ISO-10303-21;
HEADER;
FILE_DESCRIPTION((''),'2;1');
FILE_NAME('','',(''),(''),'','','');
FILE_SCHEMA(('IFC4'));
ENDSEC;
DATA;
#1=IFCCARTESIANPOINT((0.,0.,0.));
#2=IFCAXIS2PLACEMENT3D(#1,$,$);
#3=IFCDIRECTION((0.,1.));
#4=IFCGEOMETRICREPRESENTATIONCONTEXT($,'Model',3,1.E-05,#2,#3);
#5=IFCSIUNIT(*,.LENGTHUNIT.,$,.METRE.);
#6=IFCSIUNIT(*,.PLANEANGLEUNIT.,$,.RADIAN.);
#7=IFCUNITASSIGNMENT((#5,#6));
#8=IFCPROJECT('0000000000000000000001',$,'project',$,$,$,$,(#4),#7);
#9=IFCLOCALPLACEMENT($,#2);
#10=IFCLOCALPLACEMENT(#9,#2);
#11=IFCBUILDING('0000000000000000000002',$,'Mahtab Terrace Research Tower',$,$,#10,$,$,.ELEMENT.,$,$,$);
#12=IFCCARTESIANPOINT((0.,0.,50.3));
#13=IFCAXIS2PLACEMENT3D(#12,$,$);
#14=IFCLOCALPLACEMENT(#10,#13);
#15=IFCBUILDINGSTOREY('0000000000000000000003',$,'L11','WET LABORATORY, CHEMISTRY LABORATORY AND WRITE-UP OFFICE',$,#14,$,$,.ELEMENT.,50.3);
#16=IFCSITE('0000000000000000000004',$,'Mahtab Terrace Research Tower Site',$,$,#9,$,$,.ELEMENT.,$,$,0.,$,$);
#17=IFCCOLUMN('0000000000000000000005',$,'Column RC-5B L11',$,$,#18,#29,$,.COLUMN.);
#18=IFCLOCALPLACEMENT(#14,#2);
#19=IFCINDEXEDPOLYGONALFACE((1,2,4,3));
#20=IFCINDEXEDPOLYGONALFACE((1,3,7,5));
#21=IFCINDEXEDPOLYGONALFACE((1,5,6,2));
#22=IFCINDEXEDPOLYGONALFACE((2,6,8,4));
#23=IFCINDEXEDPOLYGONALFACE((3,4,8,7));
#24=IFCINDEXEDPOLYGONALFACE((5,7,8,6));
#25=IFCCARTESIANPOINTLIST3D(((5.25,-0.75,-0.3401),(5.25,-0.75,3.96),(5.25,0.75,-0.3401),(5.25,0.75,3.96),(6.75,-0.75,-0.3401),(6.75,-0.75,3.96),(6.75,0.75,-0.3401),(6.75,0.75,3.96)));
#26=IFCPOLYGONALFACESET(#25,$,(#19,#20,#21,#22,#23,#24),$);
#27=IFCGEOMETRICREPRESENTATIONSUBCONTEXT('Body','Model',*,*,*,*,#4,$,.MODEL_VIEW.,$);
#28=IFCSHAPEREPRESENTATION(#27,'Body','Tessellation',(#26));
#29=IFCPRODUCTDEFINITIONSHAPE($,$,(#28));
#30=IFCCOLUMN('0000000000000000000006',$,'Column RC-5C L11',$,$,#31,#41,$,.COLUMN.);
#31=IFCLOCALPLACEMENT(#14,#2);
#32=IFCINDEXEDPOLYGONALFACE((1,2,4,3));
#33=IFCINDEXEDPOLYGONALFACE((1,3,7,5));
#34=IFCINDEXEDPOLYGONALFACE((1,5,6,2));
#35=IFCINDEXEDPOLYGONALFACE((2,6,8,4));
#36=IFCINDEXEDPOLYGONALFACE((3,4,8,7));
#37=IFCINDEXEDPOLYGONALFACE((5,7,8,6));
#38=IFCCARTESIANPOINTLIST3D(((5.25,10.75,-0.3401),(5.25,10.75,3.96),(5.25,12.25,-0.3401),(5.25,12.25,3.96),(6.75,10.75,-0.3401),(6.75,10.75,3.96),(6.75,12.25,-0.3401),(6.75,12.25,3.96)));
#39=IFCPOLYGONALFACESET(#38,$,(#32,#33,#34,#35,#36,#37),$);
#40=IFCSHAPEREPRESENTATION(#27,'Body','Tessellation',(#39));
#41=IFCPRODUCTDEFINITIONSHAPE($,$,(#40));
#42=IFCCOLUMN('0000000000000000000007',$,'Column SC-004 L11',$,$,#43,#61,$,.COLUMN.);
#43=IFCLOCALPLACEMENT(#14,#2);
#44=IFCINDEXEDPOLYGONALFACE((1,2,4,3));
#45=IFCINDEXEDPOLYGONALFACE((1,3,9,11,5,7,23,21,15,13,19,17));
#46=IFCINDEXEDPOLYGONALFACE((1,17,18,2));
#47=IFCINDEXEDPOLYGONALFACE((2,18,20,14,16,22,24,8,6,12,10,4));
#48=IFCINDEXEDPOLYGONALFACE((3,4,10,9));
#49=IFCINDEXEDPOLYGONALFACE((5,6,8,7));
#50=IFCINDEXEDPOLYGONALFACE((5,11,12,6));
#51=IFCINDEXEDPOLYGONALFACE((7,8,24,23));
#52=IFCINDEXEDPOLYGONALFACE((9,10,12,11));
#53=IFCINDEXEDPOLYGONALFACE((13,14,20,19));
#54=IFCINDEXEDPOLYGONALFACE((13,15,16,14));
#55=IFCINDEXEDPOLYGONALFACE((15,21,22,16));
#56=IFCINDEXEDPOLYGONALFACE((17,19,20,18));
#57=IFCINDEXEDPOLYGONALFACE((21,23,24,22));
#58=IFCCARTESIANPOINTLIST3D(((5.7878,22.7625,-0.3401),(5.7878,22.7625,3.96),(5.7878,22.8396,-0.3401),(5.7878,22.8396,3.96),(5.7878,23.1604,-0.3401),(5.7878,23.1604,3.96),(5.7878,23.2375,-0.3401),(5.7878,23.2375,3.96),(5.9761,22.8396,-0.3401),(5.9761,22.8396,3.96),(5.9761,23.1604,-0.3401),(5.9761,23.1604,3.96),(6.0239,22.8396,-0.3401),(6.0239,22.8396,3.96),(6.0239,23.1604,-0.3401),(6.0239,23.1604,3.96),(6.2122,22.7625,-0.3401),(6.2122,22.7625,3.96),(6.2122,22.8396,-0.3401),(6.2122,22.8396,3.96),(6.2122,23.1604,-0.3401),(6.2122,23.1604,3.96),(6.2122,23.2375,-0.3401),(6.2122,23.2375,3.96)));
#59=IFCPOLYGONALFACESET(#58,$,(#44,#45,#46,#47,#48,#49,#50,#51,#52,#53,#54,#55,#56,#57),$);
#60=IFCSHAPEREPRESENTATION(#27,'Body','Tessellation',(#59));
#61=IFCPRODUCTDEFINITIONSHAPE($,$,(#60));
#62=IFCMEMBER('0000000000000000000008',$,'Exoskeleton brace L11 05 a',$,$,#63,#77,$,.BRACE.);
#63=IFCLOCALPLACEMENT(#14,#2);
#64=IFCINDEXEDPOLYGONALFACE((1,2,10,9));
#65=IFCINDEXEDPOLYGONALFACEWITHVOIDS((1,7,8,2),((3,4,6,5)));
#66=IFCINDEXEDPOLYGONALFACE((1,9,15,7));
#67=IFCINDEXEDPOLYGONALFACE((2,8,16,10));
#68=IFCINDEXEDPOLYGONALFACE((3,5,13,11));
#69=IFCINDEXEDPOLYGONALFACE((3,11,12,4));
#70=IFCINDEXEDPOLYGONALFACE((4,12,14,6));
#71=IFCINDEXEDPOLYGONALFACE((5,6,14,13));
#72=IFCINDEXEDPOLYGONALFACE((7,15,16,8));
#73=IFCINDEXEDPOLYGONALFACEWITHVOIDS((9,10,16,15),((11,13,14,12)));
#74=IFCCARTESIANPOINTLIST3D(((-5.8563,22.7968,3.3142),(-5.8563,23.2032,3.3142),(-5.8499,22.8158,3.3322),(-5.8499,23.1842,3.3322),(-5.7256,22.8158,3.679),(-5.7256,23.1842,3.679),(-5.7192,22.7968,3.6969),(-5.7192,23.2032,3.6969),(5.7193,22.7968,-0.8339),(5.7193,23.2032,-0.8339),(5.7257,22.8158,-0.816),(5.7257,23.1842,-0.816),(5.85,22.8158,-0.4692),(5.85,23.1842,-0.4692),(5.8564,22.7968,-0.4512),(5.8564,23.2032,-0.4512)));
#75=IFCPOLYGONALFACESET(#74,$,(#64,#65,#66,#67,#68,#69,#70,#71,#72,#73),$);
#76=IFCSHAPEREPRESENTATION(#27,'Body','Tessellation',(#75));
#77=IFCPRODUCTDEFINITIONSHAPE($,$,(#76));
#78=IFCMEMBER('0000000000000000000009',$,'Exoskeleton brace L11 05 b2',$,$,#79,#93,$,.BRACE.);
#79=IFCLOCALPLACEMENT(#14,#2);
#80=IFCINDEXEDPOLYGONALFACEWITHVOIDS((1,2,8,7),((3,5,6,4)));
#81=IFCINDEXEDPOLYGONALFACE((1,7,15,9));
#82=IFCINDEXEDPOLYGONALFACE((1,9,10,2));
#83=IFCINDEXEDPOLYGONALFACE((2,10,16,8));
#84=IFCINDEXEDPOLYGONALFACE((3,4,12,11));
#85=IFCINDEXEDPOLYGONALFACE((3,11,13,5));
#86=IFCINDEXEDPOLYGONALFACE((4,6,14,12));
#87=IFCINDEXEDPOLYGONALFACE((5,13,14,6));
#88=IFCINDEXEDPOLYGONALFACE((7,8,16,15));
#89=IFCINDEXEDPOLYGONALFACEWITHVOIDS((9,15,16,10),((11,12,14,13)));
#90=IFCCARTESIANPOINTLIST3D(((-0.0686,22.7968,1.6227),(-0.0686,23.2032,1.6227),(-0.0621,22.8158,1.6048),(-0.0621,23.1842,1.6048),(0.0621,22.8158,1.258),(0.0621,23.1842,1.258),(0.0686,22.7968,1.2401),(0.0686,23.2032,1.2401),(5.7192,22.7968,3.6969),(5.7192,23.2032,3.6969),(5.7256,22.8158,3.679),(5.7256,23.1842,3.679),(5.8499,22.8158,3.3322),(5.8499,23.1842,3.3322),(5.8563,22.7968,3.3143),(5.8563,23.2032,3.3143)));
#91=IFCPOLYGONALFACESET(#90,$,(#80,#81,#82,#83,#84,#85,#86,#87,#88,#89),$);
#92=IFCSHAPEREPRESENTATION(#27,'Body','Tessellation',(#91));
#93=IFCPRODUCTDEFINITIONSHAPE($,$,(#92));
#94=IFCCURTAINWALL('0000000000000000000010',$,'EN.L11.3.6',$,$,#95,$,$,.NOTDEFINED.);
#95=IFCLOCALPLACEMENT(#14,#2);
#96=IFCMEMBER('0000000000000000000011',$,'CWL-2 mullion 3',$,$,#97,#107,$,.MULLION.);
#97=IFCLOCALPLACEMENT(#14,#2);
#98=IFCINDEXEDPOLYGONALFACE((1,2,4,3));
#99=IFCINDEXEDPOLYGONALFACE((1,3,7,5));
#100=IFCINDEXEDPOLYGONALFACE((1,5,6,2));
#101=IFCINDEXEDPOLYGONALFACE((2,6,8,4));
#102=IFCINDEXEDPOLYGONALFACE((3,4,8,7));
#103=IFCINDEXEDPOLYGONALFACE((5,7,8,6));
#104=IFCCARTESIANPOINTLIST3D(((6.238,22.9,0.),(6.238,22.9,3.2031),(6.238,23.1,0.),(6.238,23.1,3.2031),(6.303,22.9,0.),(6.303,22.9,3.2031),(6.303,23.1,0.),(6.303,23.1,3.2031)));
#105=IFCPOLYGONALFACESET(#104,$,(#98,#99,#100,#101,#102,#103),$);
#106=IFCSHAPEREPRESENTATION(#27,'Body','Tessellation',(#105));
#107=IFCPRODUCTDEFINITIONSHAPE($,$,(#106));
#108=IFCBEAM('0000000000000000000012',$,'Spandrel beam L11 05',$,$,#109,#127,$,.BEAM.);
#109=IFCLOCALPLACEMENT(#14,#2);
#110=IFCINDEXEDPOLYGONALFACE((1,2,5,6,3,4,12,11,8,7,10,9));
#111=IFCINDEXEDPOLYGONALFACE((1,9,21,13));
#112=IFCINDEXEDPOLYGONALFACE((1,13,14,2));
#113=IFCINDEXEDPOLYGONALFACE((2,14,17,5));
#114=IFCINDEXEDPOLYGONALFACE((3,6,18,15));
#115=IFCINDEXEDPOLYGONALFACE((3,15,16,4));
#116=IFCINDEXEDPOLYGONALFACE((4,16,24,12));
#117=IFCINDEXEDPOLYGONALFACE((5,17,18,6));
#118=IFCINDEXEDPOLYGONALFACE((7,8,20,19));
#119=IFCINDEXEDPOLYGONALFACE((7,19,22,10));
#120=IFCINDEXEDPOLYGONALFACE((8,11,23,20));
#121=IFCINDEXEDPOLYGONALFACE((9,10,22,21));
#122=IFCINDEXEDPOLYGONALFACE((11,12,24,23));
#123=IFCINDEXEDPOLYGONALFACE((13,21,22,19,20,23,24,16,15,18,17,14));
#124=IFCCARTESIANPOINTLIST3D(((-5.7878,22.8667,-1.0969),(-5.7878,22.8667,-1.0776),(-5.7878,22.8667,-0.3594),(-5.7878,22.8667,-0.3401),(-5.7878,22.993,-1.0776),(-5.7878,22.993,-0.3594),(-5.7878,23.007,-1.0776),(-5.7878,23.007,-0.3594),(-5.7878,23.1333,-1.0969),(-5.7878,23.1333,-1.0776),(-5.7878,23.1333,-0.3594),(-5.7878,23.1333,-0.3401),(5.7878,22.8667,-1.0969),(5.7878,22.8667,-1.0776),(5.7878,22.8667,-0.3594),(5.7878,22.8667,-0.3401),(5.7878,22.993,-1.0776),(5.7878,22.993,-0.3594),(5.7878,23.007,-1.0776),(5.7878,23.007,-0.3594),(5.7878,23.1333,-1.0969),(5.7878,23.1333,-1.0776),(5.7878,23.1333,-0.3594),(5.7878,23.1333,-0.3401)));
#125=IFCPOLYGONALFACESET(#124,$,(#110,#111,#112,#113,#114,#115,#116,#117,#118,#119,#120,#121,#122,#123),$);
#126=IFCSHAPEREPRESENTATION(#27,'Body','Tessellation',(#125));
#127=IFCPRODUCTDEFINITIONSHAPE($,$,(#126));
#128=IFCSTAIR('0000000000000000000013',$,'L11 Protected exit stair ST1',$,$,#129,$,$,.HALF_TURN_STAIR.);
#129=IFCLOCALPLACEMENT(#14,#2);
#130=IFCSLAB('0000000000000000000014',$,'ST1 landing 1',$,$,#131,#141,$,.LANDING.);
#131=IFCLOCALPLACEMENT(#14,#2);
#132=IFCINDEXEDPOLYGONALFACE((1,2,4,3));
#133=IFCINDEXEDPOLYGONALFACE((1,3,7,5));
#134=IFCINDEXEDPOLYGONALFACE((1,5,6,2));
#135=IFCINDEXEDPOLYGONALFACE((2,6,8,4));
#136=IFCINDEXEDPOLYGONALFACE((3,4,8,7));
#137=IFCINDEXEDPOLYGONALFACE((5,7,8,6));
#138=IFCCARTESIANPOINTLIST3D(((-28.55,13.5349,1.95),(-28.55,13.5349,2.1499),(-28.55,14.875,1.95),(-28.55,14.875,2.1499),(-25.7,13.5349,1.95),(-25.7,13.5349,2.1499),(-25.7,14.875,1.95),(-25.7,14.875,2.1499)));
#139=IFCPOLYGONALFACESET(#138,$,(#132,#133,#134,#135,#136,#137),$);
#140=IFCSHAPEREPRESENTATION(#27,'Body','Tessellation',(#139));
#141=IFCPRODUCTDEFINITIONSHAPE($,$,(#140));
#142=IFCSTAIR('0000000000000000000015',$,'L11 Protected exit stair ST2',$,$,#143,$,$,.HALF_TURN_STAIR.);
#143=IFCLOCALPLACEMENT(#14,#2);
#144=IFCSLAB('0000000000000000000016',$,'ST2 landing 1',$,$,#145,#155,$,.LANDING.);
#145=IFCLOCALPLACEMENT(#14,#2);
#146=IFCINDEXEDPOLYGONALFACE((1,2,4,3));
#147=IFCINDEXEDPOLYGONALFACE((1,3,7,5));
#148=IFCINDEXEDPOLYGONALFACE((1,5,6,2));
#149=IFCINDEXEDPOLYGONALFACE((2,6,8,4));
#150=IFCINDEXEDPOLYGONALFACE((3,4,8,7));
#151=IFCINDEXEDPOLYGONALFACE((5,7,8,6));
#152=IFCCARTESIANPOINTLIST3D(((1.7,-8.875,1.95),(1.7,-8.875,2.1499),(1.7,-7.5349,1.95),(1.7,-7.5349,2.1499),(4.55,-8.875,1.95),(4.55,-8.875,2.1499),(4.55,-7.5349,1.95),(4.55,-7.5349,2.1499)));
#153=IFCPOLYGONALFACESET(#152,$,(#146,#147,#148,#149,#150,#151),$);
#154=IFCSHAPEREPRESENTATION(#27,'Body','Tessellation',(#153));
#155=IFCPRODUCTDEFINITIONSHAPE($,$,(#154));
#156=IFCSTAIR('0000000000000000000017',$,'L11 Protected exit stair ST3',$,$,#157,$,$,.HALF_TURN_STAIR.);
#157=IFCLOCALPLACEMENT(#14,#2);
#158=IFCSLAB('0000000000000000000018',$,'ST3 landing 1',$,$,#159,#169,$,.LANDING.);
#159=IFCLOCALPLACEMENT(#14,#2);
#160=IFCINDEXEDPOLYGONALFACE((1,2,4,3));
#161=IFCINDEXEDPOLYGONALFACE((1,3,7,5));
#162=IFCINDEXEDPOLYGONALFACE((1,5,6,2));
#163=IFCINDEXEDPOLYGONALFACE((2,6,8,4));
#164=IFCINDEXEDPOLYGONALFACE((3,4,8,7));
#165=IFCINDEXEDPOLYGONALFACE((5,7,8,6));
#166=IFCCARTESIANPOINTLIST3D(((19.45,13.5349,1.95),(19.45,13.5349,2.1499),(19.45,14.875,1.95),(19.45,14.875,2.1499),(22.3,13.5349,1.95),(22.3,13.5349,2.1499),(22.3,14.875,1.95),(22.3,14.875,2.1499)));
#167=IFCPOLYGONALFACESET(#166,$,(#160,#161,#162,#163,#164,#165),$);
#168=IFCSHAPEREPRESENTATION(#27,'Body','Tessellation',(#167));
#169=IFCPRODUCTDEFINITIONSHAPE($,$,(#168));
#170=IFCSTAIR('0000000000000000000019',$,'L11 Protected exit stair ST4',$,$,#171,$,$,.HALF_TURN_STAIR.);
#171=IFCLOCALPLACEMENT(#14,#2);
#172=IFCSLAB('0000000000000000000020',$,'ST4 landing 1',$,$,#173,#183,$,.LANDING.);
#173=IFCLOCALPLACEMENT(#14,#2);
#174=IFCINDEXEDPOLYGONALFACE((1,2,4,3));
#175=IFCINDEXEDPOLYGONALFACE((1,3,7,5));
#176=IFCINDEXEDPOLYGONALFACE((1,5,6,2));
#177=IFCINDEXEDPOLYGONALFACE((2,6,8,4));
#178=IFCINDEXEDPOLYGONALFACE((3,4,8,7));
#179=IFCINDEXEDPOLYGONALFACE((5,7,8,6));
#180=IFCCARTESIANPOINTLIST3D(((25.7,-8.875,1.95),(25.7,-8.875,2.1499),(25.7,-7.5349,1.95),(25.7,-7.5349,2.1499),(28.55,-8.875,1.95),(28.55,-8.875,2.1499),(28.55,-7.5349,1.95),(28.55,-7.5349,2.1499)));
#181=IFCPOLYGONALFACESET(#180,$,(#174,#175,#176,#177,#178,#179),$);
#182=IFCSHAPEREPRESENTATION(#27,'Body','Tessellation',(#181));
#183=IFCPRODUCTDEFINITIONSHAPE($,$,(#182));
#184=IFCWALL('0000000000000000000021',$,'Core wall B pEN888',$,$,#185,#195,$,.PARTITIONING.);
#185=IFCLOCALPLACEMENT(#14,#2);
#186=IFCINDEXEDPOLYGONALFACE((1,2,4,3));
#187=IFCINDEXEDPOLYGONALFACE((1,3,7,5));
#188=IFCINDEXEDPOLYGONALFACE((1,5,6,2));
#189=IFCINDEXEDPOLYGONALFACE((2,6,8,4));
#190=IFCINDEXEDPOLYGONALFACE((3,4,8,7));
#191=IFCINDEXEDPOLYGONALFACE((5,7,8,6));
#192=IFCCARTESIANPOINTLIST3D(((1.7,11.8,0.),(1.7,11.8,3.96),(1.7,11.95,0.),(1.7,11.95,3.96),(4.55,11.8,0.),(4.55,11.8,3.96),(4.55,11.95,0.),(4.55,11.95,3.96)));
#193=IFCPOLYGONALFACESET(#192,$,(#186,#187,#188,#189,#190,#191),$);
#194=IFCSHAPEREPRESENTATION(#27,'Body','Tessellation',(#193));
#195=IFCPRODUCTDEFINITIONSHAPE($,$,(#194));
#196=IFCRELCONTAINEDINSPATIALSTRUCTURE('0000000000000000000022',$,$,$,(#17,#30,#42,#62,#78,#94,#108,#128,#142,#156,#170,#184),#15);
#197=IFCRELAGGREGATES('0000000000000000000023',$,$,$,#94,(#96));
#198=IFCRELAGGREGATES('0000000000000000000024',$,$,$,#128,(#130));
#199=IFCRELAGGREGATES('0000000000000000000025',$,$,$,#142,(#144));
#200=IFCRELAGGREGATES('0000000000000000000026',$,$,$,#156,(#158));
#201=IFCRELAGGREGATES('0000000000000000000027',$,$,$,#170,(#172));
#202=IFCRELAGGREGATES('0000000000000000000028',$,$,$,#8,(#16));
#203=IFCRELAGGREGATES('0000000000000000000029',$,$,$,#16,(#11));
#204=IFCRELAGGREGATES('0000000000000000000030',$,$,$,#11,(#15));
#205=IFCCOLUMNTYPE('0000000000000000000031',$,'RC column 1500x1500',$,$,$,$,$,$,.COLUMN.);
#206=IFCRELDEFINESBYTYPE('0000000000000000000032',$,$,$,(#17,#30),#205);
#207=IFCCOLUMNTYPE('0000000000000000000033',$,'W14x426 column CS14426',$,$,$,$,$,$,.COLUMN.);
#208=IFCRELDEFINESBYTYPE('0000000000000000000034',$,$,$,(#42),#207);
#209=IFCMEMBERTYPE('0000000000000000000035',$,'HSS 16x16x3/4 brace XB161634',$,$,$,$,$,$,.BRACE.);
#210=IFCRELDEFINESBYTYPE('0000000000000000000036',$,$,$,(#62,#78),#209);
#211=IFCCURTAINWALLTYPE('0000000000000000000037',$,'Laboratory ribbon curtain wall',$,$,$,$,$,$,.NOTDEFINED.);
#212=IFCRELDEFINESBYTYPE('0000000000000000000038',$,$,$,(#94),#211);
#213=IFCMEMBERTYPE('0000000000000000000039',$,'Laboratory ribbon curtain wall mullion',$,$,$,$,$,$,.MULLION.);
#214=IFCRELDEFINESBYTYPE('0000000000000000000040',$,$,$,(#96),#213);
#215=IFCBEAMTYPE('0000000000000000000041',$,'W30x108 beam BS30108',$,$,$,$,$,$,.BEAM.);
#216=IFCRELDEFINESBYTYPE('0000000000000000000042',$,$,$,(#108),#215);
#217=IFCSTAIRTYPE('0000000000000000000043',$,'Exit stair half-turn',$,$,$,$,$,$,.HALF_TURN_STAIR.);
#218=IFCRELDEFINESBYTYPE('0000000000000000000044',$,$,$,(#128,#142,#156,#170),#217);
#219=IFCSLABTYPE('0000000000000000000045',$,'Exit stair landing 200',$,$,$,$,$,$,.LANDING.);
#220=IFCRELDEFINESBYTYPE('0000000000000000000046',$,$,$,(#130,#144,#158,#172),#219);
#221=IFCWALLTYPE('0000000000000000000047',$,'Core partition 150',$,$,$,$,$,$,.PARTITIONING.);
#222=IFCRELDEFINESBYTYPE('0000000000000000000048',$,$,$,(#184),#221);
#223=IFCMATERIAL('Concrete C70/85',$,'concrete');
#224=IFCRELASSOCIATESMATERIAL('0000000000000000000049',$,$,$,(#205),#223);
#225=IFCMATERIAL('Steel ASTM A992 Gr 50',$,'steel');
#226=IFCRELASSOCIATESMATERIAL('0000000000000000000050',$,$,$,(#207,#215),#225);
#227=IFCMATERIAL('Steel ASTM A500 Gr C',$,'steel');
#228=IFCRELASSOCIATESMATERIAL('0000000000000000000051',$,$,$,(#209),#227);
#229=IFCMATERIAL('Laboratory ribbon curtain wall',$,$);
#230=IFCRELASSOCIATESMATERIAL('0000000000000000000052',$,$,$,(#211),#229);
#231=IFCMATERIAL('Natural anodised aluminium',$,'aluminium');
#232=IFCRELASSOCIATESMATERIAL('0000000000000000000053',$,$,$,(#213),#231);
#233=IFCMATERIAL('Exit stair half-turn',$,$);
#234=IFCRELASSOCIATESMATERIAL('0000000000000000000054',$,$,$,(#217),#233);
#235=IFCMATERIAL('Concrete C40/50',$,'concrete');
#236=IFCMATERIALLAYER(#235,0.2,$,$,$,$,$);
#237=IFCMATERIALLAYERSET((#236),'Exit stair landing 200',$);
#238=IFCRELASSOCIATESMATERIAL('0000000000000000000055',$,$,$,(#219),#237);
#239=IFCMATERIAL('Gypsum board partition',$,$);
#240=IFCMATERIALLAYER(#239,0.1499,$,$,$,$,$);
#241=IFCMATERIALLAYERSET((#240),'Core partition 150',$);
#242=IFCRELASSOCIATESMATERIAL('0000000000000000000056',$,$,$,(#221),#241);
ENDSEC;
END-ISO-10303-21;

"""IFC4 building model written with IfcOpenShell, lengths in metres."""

from ifc_helpers import new_model, si_unit, direction, frame, frame_2d, origin, origin_2d, place, context, subcontext, project, spatial, polyline, rectangle, hollow_rectangle, i_section, outline, extrude, material, layer, layer_set, material_profile, profile_set, type_object, element, aggregate, save


model = new_model("IFC4")

# Units and contexts
model_context = context("Model", 3, precision=1e-05, world=origin(), true_north=direction((0.0, 1.0)))
body_context = subcontext(model_context, "Body", "Model", "MODEL_VIEW")
ifc_project = project(units=[si_unit("LENGTHUNIT", "METRE"), si_unit("PLANEANGLEUNIT", "RADIAN")], contexts=[model_context])

# Site, building, storey
site_placement = place(None, origin())
site = spatial("IfcSite", under=ifc_project, at=site_placement, Name="Mahtab Terrace Research Tower Site", CompositionType="ELEMENT", RefElevation=0.0)
building_placement = place(site_placement, origin())
building = spatial("IfcBuilding", under=site, at=building_placement, Name="Mahtab Terrace Research Tower", CompositionType="ELEMENT")
storey_placement = place(building_placement, frame((0.0, 0.0, 50.3)))
storey = spatial("IfcBuildingStorey", under=building, at=storey_placement, Name="L11", Description="WET LABORATORY, CHEMISTRY LABORATORY AND WRITE-UP OFFICE", CompositionType="ELEMENT", Elevation=50.3)

# Columns
ifc_material_1 = material(Name="Concrete C70/85", Category="concrete")
ifc_material_profile_1 = material_profile(ifc_material_1, rectangle(XDim=1.5, YDim=1.5, at=origin_2d()), Name="RC column 1500x1500")
ifc_profile_set_1 = profile_set([ifc_material_profile_1], Name="Concrete C70/85")
column_type_1 = type_object("IfcColumnType", Name="RC column 1500x1500", PredefinedType="COLUMN", material=ifc_profile_set_1)
for number, where, z_axis, x_axis, name in (
    (1, (6.0, 0.0, -0.3401), (0.0, 0.0, 1.0), (1.0, 0.0, 0.0), "Column RC-5B L11"),
    (2, (6.0, 11.5, -0.3401), (0.0, 0.0, 1.0), (1.0, 0.0, 0.0), "Column RC-5C L11"),
):
    element("IfcColumn", number, at=place(storey_placement, frame(where, z_axis=z_axis, x_axis=x_axis)), inside=storey, type_object=column_type_1, Name=name, PredefinedType="COLUMN", context=body_context, shape_type="SweptSolid", body=[
        extrude(rectangle(XDim=1.5, YDim=1.5, at=origin_2d()), origin(), (0.0, 0.0, 1.0), 4.3),
    ])
ifc_material_2 = material(Name="Steel ASTM A992 Gr 50", Category="steel")
ifc_material_profile_2 = material_profile(ifc_material_2, i_section(OverallWidth=0.4243, OverallDepth=0.4751, WebThickness=0.0479, FlangeThickness=0.0771, at=origin_2d()), Name="W14X426")
ifc_profile_set_2 = profile_set([ifc_material_profile_2], Name="Steel ASTM A992 Gr 50")
column_type_2 = type_object("IfcColumnType", Name="W14x426 column CS14426", PredefinedType="COLUMN", material=ifc_profile_set_2)
column_placement = place(storey_placement, frame((6.0, 23.0, -0.3401), z_axis=(0.0, 0.0, 1.0), x_axis=(1.0, 0.0, 0.0)))
element("IfcColumn", 3, at=column_placement, inside=storey, type_object=column_type_2, Name="Column SC-004 L11", PredefinedType="COLUMN", context=body_context, shape_type="SweptSolid", body=[
    extrude(i_section(OverallWidth=0.4243, OverallDepth=0.4751, WebThickness=0.0479, FlangeThickness=0.0771, at=origin_2d()), origin(), (0.0, 0.0, 1.0), 4.3),
])

# Members
ifc_material_3 = material(Name="Steel ASTM A500 Gr C", Category="steel")
ifc_material_profile_3 = material_profile(ifc_material_3, hollow_rectangle(XDim=0.4065, YDim=0.4065, WallThickness=0.019, at=origin_2d()), Name="HSS16X16X3/4")
ifc_profile_set_3 = profile_set([ifc_material_profile_3], Name="Steel ASTM A500 Gr C")
member_type_1 = type_object("IfcMemberType", Name="HSS 16x16x3/4 brace XB161634", PredefinedType="BRACE", material=ifc_profile_set_3)
member_1_placement = place(storey_placement, frame((5.7878, 23.0, -0.6426), z_axis=(-0.94138, 0.0, 0.337347), x_axis=(0.0, -1.0, 0.0)))
element("IfcMember", 4, at=member_1_placement, inside=storey, type_object=member_type_1, Name="Exoskeleton brace L11 05 a", PredefinedType="BRACE", context=body_context, shape_type="SweptSolid", body=[
    extrude(hollow_rectangle(XDim=0.4065, YDim=0.4065, WallThickness=0.019, at=origin_2d()), origin(), (0.0, 0.0, 1.0), 12.2964),
])
member_2_placement = place(storey_placement, frame((0.0, 23.0, 1.4314), z_axis=(0.941374, 0.0, 0.337365), x_axis=(0.0, 1.0, 0.0)))
element("IfcMember", 5, at=member_2_placement, inside=storey, type_object=member_type_1, Name="Exoskeleton brace L11 05 b2", PredefinedType="BRACE", context=body_context, shape_type="SweptSolid", body=[
    extrude(hollow_rectangle(XDim=0.4065, YDim=0.4065, WallThickness=0.019, at=origin_2d()), origin(), (0.0, 0.0, 1.0), 6.1482),
])

# Curtain wall, member
ifc_material_4 = material(Name="Laboratory ribbon curtain wall")
curtain_wall_type = type_object("IfcCurtainWallType", Name="Laboratory ribbon curtain wall", PredefinedType="NOTDEFINED", material=ifc_material_4)
curtain_wall_placement = place(storey_placement, origin())
curtain_wall = element("IfcCurtainWall", 6, at=curtain_wall_placement, inside=storey, type_object=curtain_wall_type, Name="EN.L11.3.6", PredefinedType="NOTDEFINED")
ifc_material_5 = material(Name="Natural anodised aluminium", Category="aluminium")
ifc_material_profile_4 = material_profile(ifc_material_5, rectangle(XDim=0.2, YDim=0.0649, at=origin_2d()), Name="MULLION 65x200")
ifc_profile_set_4 = profile_set([ifc_material_profile_4], Name="Natural anodised aluminium")
member_type_2 = type_object("IfcMemberType", Name="Laboratory ribbon curtain wall mullion", PredefinedType="MULLION", material=ifc_profile_set_4)
member_3_placement = place(storey_placement, frame((6.2705, 23.0, 0.0), z_axis=(0.0, 0.0, 1.0), x_axis=(0.0, -1.0, 0.0)))
member_3 = element("IfcMember", 7, at=member_3_placement, type_object=member_type_2, Name="CWL-2 mullion 3", PredefinedType="MULLION", context=body_context, shape_type="SweptSolid", body=[
    extrude(rectangle(XDim=0.2, YDim=0.0649, at=origin_2d()), origin(), (0.0, 0.0, 1.0), 3.2031),
])
aggregate(curtain_wall, [member_3])

# Beam
ifc_material_profile_5 = material_profile(ifc_material_2, i_section(OverallWidth=0.2666, OverallDepth=0.7568, WebThickness=0.0139, FlangeThickness=0.0193, at=origin_2d()), Name="W30X108")
ifc_profile_set_5 = profile_set([ifc_material_profile_5], Name="Steel ASTM A992 Gr 50")
beam_type = type_object("IfcBeamType", Name="W30x108 beam BS30108", PredefinedType="BEAM", material=ifc_profile_set_5)
beam_placement = place(storey_placement, frame((5.7878, 23.0, -0.7185), z_axis=(-1.0, 0.0, 0.0), x_axis=(0.0, -1.0, 0.0)))
element("IfcBeam", 8, at=beam_placement, inside=storey, type_object=beam_type, Name="Spandrel beam L11 05", PredefinedType="BEAM", context=body_context, shape_type="SweptSolid", body=[
    extrude(i_section(OverallWidth=0.2666, OverallDepth=0.7568, WebThickness=0.0139, FlangeThickness=0.0193, at=origin_2d()), origin(), (0.0, 0.0, 1.0), 11.5757),
])

# Stairs, slabs
ifc_material_6 = material(Name="Exit stair half-turn")
stair_type = type_object("IfcStairType", Name="Exit stair half-turn", PredefinedType="HALF_TURN_STAIR", material=ifc_material_6)
stair_1_placement = place(storey_placement, origin())
stair_1 = element("IfcStair", 9, at=stair_1_placement, inside=storey, type_object=stair_type, Name="L11 Protected exit stair ST1", PredefinedType="HALF_TURN_STAIR")
ifc_material_7 = material(Name="Concrete C40/50", Category="concrete")
ifc_layer_1 = layer(ifc_material_7, 0.2)
ifc_layer_set_1 = layer_set([ifc_layer_1], Name="Exit stair landing 200")
slab_type = type_object("IfcSlabType", Name="Exit stair landing 200", PredefinedType="LANDING", material=ifc_layer_set_1)
slab_1_placement = place(storey_placement, frame((0.0, 0.0, 1.95)))
slab_1 = element("IfcSlab", 10, at=slab_1_placement, type_object=slab_type, Name="ST1 landing 1", PredefinedType="LANDING", context=body_context, shape_type="SweptSolid", body=[
    extrude(outline(polyline([(-25.7, 13.5349), (-25.7, 14.875), (-28.55, 14.875), (-28.55, 13.5349), (-25.7, 13.5349)])), origin(), (0.0, 0.0, 1.0), 0.2),
])
aggregate(stair_1, [slab_1])
stair_2_placement = place(storey_placement, origin())
stair_2 = element("IfcStair", 11, at=stair_2_placement, inside=storey, type_object=stair_type, Name="L11 Protected exit stair ST2", PredefinedType="HALF_TURN_STAIR")
slab_2_placement = place(storey_placement, frame((0.0, 0.0, 1.95)))
slab_2 = element("IfcSlab", 12, at=slab_2_placement, type_object=slab_type, Name="ST2 landing 1", PredefinedType="LANDING", context=body_context, shape_type="SweptSolid", body=[
    extrude(outline(polyline([(1.7, -7.5349), (1.7, -8.875), (4.55, -8.875), (4.55, -7.5349), (1.7, -7.5349)])), origin(), (0.0, 0.0, 1.0), 0.2),
])
aggregate(stair_2, [slab_2])
stair_3_placement = place(storey_placement, origin())
stair_3 = element("IfcStair", 13, at=stair_3_placement, inside=storey, type_object=stair_type, Name="L11 Protected exit stair ST3", PredefinedType="HALF_TURN_STAIR")
slab_3_placement = place(storey_placement, frame((0.0, 0.0, 1.95)))
slab_3 = element("IfcSlab", 14, at=slab_3_placement, type_object=slab_type, Name="ST3 landing 1", PredefinedType="LANDING", context=body_context, shape_type="SweptSolid", body=[
    extrude(outline(polyline([(22.3, 13.5349), (22.3, 14.875), (19.45, 14.875), (19.45, 13.5349), (22.3, 13.5349)])), origin(), (0.0, 0.0, 1.0), 0.2),
])
aggregate(stair_3, [slab_3])
stair_4_placement = place(storey_placement, origin())
stair_4 = element("IfcStair", 15, at=stair_4_placement, inside=storey, type_object=stair_type, Name="L11 Protected exit stair ST4", PredefinedType="HALF_TURN_STAIR")
slab_4_placement = place(storey_placement, frame((0.0, 0.0, 1.95)))
slab_4 = element("IfcSlab", 16, at=slab_4_placement, type_object=slab_type, Name="ST4 landing 1", PredefinedType="LANDING", context=body_context, shape_type="SweptSolid", body=[
    extrude(outline(polyline([(25.7, -7.5349), (25.7, -8.875), (28.55, -8.875), (28.55, -7.5349), (25.7, -7.5349)])), origin(), (0.0, 0.0, 1.0), 0.2),
])
aggregate(stair_4, [slab_4])

# Wall
ifc_material_8 = material(Name="Gypsum board partition")
ifc_layer_2 = layer(ifc_material_8, 0.1499)
ifc_layer_set_2 = layer_set([ifc_layer_2], Name="Core partition 150")
wall_type_1 = type_object("IfcWallType", Name="Core partition 150", PredefinedType="PARTITIONING", material=ifc_layer_set_2)
wall_1_placement = place(storey_placement, frame((1.7, 11.875, 0.0), z_axis=(0.0, 0.0, 1.0), x_axis=(1.0, 0.0, 0.0)))
element("IfcWall", 17, at=wall_1_placement, inside=storey, type_object=wall_type_1, Name="Core wall B pEN888", PredefinedType="PARTITIONING", context=body_context, shape_type="SweptSolid", body=[
    extrude(rectangle(XDim=2.8501, YDim=0.1499, at=frame_2d((1.425, 0.0))), origin(), (0.0, 0.0, 1.0), 3.96),
])

save(model, "model.ifc")
